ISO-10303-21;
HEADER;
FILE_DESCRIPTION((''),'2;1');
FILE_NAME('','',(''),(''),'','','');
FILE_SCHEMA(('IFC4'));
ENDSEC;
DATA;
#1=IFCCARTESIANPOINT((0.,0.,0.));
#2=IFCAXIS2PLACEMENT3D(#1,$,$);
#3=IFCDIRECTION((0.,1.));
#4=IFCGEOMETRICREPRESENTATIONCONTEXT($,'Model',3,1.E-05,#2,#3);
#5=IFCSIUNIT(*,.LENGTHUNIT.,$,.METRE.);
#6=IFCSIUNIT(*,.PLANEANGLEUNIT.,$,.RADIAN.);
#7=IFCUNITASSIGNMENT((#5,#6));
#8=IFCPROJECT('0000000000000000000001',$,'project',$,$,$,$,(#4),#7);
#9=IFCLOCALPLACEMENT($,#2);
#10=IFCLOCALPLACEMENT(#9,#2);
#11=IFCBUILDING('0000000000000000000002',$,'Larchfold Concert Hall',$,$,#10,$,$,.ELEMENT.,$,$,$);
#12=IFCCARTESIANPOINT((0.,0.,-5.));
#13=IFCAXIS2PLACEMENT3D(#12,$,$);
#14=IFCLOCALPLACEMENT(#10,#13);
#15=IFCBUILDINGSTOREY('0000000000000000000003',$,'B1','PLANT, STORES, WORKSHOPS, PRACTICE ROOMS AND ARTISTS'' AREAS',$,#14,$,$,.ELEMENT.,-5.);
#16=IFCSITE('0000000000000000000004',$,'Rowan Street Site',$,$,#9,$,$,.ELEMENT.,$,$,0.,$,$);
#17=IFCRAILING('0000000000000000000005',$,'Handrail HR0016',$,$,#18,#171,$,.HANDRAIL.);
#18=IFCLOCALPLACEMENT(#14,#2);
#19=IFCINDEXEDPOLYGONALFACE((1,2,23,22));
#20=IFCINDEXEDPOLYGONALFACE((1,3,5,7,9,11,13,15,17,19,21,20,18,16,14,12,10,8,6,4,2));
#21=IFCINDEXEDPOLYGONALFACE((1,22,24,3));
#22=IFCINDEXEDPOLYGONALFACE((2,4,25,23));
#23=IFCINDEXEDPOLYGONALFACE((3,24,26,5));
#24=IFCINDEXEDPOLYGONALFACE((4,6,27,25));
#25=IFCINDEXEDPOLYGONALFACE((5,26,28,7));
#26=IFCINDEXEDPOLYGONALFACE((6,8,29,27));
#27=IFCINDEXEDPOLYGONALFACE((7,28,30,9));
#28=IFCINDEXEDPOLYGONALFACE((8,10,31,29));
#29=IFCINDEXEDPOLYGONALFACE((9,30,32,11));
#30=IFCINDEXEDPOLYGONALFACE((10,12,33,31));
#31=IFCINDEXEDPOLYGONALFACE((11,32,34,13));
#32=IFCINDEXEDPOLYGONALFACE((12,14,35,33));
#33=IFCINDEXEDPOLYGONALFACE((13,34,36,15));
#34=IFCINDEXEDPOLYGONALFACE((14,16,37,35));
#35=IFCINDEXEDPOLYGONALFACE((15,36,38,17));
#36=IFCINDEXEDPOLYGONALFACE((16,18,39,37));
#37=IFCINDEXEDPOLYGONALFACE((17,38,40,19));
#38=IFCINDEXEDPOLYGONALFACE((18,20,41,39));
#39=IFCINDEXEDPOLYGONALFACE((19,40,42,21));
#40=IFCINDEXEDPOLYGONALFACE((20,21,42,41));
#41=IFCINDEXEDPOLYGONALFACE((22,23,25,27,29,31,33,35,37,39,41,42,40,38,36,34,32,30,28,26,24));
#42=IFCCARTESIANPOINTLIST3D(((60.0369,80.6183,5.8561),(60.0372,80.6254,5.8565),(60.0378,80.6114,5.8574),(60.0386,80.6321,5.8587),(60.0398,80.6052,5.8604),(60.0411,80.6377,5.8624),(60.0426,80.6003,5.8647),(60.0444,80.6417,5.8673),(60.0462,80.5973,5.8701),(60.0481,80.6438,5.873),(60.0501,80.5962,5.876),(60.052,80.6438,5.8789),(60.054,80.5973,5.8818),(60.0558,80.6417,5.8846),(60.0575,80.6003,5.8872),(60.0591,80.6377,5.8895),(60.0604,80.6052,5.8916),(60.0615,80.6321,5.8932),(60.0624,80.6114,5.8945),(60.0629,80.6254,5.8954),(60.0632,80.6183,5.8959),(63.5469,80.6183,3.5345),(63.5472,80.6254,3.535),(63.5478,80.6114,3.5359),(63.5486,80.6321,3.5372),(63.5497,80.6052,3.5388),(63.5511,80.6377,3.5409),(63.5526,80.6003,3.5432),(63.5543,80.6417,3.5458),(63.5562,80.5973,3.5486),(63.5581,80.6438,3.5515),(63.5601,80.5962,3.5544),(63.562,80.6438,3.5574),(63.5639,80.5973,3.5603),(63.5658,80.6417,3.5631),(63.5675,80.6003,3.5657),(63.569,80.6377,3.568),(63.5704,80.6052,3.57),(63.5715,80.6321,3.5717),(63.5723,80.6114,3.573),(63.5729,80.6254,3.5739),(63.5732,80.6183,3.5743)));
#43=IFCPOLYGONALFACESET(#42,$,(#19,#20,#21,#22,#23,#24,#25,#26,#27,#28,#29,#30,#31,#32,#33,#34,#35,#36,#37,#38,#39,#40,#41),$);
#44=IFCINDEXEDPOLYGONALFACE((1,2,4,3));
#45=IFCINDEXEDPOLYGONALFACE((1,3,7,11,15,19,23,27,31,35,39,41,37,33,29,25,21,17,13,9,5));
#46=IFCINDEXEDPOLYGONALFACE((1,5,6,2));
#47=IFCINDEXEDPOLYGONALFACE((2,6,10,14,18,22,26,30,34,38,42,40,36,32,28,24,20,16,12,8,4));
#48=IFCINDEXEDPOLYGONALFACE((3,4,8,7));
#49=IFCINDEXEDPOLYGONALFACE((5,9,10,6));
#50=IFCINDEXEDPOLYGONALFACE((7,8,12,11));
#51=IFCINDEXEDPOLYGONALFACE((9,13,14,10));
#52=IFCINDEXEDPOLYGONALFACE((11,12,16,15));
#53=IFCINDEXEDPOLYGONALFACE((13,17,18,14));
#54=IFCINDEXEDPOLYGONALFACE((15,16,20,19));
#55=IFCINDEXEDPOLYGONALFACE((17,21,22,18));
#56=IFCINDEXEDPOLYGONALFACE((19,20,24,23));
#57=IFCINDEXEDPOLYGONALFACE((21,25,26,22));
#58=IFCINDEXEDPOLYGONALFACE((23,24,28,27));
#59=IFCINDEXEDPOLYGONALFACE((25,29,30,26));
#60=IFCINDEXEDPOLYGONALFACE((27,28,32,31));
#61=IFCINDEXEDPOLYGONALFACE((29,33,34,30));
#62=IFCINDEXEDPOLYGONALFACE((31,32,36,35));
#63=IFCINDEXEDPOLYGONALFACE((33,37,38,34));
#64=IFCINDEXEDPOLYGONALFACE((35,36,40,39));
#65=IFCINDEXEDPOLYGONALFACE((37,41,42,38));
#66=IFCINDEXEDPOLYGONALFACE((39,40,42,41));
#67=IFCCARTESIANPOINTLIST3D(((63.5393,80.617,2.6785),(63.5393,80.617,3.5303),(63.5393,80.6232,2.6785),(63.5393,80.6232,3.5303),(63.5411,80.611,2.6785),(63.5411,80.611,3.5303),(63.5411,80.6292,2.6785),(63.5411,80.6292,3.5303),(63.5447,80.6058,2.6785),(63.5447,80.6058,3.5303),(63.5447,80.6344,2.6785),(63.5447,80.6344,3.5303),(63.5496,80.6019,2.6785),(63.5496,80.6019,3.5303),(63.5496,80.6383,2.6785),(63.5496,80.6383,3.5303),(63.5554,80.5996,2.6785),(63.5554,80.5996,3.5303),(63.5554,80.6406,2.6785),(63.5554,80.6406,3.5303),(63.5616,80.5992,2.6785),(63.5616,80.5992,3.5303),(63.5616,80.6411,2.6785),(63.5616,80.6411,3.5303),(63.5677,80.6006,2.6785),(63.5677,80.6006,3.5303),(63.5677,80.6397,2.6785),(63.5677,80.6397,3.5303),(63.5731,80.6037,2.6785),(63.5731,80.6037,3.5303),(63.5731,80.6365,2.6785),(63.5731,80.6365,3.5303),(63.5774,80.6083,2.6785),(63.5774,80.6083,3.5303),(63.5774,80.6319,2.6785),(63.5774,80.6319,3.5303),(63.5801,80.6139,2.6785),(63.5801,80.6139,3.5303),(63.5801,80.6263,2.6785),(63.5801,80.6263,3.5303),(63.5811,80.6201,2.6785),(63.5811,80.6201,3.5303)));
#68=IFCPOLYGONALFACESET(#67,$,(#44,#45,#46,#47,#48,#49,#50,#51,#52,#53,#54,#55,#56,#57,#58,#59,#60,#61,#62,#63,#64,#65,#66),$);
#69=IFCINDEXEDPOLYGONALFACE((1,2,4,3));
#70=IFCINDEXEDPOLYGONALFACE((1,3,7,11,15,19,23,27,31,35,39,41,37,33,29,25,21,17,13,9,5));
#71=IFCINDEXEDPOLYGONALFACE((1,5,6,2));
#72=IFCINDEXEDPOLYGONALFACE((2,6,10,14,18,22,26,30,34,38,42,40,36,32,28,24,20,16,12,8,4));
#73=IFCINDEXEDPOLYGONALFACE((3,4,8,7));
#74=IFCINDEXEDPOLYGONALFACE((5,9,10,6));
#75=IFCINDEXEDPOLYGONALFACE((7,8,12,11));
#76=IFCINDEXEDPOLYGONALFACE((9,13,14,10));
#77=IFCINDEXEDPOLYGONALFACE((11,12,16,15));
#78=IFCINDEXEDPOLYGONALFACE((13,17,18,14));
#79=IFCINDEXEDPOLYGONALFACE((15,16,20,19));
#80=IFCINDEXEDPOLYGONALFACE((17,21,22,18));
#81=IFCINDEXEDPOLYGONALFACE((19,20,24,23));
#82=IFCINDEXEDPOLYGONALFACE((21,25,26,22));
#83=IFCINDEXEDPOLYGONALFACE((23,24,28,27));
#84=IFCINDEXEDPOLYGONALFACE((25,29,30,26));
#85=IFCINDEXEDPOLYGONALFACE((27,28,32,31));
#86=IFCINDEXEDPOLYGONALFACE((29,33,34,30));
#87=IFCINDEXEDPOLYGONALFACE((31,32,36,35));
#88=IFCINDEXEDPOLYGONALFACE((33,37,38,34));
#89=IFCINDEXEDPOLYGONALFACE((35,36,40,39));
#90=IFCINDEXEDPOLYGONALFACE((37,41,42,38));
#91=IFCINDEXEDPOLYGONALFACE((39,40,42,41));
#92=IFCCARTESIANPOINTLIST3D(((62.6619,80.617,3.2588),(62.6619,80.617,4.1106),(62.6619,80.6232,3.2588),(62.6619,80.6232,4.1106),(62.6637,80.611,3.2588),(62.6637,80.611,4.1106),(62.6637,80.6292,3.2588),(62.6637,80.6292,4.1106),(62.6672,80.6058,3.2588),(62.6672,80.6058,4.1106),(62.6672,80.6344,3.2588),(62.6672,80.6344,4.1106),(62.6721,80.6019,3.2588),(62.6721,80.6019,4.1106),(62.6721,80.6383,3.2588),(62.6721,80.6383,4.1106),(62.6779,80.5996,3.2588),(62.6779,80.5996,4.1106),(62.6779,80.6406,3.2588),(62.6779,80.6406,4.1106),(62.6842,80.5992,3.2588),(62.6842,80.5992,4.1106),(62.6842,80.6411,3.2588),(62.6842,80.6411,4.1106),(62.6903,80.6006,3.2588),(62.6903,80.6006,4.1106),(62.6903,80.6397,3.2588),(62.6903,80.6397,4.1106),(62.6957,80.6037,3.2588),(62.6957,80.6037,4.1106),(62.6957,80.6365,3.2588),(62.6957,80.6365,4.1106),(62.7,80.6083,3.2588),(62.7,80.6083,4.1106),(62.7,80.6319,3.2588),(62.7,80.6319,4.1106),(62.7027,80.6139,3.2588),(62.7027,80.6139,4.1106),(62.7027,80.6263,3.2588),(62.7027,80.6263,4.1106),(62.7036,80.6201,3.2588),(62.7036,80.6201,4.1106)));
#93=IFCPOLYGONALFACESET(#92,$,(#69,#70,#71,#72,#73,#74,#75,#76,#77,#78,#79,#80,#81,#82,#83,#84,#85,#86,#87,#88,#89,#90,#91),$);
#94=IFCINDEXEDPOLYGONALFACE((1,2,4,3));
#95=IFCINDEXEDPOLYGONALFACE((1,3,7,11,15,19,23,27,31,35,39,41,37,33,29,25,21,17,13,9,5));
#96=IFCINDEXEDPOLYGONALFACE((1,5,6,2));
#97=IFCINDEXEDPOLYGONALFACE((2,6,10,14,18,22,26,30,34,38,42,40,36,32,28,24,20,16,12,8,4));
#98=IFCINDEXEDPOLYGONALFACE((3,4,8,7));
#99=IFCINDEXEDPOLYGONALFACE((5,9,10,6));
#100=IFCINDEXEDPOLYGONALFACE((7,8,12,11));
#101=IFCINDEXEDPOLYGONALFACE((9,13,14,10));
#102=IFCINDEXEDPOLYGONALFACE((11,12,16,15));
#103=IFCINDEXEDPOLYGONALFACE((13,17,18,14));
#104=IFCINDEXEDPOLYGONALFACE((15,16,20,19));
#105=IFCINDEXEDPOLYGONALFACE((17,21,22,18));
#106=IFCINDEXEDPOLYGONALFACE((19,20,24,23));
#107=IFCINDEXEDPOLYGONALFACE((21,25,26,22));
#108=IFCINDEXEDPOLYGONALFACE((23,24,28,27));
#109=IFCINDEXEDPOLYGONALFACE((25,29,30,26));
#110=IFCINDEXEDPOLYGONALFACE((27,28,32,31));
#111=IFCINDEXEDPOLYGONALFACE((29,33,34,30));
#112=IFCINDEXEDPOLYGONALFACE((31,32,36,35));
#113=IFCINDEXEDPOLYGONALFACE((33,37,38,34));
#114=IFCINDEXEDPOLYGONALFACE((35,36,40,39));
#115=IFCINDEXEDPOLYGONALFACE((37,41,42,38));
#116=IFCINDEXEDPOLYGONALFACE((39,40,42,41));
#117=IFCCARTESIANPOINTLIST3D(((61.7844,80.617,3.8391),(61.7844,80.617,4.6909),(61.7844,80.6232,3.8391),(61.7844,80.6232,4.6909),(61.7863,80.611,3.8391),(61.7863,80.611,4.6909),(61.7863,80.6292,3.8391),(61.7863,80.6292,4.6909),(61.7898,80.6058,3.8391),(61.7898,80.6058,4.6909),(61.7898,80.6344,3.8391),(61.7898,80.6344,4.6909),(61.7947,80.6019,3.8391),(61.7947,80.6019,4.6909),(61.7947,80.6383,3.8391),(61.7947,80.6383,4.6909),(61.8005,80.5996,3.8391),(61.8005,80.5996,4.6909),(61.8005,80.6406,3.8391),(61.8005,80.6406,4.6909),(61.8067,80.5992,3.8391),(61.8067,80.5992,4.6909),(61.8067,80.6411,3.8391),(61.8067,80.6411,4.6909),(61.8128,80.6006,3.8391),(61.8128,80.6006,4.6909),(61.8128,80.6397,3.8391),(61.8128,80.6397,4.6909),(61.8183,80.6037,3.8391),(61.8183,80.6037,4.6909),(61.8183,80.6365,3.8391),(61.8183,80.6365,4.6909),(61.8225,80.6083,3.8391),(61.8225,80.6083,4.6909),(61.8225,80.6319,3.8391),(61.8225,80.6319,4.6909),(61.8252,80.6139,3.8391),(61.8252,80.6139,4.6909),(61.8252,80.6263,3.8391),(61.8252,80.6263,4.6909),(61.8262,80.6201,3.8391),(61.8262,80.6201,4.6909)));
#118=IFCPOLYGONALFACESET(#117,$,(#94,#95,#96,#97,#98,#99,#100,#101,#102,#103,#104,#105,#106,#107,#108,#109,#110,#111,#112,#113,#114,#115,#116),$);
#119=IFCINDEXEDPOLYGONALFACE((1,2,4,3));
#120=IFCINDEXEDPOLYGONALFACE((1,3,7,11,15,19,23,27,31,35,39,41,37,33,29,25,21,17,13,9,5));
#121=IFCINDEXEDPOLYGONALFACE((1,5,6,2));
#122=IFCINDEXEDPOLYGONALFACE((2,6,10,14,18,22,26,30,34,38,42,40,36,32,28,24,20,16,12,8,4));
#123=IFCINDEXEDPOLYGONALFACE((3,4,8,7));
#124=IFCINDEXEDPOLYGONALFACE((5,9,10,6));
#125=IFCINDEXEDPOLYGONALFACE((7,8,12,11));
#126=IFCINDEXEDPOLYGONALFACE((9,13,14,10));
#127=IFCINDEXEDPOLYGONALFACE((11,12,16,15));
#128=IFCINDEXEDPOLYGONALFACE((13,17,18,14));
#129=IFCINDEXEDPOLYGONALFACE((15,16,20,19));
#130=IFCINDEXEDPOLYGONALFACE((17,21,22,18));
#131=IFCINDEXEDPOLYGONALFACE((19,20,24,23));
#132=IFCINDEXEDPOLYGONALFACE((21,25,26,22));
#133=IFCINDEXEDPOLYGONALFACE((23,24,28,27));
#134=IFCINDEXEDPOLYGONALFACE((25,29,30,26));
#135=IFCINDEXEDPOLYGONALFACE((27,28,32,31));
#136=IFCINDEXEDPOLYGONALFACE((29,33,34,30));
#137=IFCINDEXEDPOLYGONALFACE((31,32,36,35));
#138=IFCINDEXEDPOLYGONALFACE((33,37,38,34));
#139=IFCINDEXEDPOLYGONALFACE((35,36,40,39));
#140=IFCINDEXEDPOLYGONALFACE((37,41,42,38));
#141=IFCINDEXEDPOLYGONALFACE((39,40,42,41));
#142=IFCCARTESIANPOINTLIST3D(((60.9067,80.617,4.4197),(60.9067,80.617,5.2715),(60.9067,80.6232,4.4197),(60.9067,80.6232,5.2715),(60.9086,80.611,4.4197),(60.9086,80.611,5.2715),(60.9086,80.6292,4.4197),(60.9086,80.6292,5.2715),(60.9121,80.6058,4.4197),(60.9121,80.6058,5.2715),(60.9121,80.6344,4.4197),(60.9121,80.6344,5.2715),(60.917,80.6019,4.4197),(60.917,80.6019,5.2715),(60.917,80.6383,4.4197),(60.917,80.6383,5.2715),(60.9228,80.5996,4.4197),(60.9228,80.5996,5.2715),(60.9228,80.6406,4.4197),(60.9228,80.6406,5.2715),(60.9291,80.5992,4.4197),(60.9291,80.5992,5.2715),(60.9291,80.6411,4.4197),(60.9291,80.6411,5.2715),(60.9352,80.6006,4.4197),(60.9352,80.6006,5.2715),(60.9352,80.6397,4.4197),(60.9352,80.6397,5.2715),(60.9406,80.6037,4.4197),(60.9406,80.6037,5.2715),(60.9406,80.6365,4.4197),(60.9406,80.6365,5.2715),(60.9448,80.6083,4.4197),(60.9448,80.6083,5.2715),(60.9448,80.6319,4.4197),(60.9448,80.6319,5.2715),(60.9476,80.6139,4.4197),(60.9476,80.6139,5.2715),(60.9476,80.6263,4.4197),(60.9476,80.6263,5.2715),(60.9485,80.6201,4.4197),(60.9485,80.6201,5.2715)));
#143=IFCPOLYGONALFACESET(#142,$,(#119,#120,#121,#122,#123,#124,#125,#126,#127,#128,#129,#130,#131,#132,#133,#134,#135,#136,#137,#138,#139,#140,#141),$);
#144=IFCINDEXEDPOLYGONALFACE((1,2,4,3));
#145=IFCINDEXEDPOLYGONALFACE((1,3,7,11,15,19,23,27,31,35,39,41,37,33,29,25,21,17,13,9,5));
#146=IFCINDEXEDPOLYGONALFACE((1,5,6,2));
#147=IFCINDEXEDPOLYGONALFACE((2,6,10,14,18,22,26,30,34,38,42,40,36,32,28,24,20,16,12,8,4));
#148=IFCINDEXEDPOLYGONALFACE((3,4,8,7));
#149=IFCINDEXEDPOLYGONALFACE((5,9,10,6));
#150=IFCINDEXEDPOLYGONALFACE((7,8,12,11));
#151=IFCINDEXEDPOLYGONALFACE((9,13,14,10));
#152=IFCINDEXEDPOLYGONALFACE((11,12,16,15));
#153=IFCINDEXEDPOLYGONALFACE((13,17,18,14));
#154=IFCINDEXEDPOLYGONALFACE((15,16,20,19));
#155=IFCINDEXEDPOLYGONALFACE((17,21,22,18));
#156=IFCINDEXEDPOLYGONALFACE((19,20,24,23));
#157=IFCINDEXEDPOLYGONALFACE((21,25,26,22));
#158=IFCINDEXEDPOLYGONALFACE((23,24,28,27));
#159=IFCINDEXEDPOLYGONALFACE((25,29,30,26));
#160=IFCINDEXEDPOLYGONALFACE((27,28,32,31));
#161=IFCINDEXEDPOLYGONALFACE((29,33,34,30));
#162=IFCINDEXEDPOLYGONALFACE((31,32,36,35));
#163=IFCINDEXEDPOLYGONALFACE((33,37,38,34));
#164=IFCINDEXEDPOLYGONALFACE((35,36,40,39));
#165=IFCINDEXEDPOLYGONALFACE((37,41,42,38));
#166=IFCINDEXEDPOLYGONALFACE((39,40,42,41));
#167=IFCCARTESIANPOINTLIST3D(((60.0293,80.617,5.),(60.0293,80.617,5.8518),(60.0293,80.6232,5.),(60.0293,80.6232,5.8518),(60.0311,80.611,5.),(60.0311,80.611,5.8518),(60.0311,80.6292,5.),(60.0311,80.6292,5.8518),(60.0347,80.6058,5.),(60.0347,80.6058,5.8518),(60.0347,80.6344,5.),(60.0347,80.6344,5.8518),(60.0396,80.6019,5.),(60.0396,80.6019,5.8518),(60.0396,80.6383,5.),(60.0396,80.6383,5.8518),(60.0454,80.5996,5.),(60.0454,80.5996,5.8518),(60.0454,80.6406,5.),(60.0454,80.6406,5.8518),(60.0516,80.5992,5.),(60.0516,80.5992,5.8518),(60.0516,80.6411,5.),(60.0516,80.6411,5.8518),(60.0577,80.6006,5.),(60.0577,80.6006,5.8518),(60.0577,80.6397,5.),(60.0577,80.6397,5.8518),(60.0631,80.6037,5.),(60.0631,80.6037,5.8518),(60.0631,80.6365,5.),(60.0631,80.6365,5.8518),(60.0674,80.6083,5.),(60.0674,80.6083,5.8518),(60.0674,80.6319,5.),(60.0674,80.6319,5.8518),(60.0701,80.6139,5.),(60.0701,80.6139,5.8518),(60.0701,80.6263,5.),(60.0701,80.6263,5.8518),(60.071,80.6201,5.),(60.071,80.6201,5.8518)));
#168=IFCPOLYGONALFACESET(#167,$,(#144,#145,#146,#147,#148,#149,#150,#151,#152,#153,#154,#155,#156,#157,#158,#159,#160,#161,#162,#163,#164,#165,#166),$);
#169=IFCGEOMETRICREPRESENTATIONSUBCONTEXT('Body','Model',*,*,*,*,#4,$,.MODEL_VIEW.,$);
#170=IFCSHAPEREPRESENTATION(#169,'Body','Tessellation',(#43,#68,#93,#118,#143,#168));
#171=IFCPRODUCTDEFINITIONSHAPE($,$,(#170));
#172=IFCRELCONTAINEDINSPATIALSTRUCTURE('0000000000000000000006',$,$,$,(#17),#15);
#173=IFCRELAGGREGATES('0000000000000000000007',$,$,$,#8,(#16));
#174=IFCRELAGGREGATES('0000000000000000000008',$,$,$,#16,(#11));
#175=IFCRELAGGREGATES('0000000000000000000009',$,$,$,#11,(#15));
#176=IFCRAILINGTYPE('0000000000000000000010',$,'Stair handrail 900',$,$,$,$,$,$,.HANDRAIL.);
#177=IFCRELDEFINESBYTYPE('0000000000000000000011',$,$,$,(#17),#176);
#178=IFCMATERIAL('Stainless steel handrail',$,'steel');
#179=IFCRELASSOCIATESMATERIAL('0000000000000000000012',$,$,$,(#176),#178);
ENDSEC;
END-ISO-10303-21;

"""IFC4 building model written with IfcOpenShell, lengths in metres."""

from ifc_helpers import new_model, si_unit, direction, frame, origin, origin_2d, place, context, subcontext, project, spatial, circle, extrude, material, type_object, element, save


model = new_model("IFC4")

# Units and contexts
model_context = context("Model", 3, precision=1e-05, world=origin(), true_north=direction((0.0, 1.0)))
body_context = subcontext(model_context, "Body", "Model", "MODEL_VIEW")
ifc_project = project(units=[si_unit("LENGTHUNIT", "METRE"), si_unit("PLANEANGLEUNIT", "RADIAN")], contexts=[model_context])

# Site, building, storey
site_placement = place(None, origin())
site = spatial("IfcSite", under=ifc_project, at=site_placement, Name="Rowan Street Site", CompositionType="ELEMENT", RefElevation=0.0)
building_placement = place(site_placement, origin())
building = spatial("IfcBuilding", under=site, at=building_placement, Name="Larchfold Concert Hall", CompositionType="ELEMENT")
storey_placement = place(building_placement, frame((0.0, 0.0, -5.0)))
storey = spatial("IfcBuildingStorey", under=building, at=storey_placement, Name="B1", Description="PLANT, STORES, WORKSHOPS, PRACTICE ROOMS AND ARTISTS' AREAS", CompositionType="ELEMENT", Elevation=-5.0)

# Railing
ifc_material_1 = material(Name="Stainless steel handrail", Category="steel")
railing_type_1 = type_object("IfcRailingType", Name="Stair handrail 900", PredefinedType="HANDRAIL", material=ifc_material_1)
railing_1_placement = place(storey_placement, frame((63.5601, 80.6201, 2.6785)))
element("IfcRailing", 1, at=railing_1_placement, inside=storey, type_object=railing_type_1, Name="Handrail HR0016", PredefinedType="HANDRAIL", context=body_context, shape_type="SweptSolid", body=[
    extrude(circle(Radius=0.0239, at=origin_2d()), frame((0.0, 0.0, 0.876), z_axis=(-0.834071, 0.0, 0.551657), x_axis=(0.0, -1.0, 0.0)), (0.0, 0.0, 1.0), 4.2083),
    extrude(circle(Radius=0.021, at=origin_2d()), origin(), (0.0, 0.0, 1.0), 0.8518),
    extrude(circle(Radius=0.021, at=origin_2d()), frame((-0.8774, 0.0, 0.5803)), (0.0, 0.0, 1.0), 0.8518),
    extrude(circle(Radius=0.021, at=origin_2d()), frame((-1.7549, 0.0, 1.1606)), (0.0, 0.0, 1.0), 0.8518),
    extrude(circle(Radius=0.021, at=origin_2d()), frame((-2.6326, 0.0, 1.7412)), (0.0, 0.0, 1.0), 0.8518),
    extrude(circle(Radius=0.021, at=origin_2d()), frame((-3.51, 0.0, 2.3215)), (0.0, 0.0, 1.0), 0.8518),
])

save(model, "model.ifc")
